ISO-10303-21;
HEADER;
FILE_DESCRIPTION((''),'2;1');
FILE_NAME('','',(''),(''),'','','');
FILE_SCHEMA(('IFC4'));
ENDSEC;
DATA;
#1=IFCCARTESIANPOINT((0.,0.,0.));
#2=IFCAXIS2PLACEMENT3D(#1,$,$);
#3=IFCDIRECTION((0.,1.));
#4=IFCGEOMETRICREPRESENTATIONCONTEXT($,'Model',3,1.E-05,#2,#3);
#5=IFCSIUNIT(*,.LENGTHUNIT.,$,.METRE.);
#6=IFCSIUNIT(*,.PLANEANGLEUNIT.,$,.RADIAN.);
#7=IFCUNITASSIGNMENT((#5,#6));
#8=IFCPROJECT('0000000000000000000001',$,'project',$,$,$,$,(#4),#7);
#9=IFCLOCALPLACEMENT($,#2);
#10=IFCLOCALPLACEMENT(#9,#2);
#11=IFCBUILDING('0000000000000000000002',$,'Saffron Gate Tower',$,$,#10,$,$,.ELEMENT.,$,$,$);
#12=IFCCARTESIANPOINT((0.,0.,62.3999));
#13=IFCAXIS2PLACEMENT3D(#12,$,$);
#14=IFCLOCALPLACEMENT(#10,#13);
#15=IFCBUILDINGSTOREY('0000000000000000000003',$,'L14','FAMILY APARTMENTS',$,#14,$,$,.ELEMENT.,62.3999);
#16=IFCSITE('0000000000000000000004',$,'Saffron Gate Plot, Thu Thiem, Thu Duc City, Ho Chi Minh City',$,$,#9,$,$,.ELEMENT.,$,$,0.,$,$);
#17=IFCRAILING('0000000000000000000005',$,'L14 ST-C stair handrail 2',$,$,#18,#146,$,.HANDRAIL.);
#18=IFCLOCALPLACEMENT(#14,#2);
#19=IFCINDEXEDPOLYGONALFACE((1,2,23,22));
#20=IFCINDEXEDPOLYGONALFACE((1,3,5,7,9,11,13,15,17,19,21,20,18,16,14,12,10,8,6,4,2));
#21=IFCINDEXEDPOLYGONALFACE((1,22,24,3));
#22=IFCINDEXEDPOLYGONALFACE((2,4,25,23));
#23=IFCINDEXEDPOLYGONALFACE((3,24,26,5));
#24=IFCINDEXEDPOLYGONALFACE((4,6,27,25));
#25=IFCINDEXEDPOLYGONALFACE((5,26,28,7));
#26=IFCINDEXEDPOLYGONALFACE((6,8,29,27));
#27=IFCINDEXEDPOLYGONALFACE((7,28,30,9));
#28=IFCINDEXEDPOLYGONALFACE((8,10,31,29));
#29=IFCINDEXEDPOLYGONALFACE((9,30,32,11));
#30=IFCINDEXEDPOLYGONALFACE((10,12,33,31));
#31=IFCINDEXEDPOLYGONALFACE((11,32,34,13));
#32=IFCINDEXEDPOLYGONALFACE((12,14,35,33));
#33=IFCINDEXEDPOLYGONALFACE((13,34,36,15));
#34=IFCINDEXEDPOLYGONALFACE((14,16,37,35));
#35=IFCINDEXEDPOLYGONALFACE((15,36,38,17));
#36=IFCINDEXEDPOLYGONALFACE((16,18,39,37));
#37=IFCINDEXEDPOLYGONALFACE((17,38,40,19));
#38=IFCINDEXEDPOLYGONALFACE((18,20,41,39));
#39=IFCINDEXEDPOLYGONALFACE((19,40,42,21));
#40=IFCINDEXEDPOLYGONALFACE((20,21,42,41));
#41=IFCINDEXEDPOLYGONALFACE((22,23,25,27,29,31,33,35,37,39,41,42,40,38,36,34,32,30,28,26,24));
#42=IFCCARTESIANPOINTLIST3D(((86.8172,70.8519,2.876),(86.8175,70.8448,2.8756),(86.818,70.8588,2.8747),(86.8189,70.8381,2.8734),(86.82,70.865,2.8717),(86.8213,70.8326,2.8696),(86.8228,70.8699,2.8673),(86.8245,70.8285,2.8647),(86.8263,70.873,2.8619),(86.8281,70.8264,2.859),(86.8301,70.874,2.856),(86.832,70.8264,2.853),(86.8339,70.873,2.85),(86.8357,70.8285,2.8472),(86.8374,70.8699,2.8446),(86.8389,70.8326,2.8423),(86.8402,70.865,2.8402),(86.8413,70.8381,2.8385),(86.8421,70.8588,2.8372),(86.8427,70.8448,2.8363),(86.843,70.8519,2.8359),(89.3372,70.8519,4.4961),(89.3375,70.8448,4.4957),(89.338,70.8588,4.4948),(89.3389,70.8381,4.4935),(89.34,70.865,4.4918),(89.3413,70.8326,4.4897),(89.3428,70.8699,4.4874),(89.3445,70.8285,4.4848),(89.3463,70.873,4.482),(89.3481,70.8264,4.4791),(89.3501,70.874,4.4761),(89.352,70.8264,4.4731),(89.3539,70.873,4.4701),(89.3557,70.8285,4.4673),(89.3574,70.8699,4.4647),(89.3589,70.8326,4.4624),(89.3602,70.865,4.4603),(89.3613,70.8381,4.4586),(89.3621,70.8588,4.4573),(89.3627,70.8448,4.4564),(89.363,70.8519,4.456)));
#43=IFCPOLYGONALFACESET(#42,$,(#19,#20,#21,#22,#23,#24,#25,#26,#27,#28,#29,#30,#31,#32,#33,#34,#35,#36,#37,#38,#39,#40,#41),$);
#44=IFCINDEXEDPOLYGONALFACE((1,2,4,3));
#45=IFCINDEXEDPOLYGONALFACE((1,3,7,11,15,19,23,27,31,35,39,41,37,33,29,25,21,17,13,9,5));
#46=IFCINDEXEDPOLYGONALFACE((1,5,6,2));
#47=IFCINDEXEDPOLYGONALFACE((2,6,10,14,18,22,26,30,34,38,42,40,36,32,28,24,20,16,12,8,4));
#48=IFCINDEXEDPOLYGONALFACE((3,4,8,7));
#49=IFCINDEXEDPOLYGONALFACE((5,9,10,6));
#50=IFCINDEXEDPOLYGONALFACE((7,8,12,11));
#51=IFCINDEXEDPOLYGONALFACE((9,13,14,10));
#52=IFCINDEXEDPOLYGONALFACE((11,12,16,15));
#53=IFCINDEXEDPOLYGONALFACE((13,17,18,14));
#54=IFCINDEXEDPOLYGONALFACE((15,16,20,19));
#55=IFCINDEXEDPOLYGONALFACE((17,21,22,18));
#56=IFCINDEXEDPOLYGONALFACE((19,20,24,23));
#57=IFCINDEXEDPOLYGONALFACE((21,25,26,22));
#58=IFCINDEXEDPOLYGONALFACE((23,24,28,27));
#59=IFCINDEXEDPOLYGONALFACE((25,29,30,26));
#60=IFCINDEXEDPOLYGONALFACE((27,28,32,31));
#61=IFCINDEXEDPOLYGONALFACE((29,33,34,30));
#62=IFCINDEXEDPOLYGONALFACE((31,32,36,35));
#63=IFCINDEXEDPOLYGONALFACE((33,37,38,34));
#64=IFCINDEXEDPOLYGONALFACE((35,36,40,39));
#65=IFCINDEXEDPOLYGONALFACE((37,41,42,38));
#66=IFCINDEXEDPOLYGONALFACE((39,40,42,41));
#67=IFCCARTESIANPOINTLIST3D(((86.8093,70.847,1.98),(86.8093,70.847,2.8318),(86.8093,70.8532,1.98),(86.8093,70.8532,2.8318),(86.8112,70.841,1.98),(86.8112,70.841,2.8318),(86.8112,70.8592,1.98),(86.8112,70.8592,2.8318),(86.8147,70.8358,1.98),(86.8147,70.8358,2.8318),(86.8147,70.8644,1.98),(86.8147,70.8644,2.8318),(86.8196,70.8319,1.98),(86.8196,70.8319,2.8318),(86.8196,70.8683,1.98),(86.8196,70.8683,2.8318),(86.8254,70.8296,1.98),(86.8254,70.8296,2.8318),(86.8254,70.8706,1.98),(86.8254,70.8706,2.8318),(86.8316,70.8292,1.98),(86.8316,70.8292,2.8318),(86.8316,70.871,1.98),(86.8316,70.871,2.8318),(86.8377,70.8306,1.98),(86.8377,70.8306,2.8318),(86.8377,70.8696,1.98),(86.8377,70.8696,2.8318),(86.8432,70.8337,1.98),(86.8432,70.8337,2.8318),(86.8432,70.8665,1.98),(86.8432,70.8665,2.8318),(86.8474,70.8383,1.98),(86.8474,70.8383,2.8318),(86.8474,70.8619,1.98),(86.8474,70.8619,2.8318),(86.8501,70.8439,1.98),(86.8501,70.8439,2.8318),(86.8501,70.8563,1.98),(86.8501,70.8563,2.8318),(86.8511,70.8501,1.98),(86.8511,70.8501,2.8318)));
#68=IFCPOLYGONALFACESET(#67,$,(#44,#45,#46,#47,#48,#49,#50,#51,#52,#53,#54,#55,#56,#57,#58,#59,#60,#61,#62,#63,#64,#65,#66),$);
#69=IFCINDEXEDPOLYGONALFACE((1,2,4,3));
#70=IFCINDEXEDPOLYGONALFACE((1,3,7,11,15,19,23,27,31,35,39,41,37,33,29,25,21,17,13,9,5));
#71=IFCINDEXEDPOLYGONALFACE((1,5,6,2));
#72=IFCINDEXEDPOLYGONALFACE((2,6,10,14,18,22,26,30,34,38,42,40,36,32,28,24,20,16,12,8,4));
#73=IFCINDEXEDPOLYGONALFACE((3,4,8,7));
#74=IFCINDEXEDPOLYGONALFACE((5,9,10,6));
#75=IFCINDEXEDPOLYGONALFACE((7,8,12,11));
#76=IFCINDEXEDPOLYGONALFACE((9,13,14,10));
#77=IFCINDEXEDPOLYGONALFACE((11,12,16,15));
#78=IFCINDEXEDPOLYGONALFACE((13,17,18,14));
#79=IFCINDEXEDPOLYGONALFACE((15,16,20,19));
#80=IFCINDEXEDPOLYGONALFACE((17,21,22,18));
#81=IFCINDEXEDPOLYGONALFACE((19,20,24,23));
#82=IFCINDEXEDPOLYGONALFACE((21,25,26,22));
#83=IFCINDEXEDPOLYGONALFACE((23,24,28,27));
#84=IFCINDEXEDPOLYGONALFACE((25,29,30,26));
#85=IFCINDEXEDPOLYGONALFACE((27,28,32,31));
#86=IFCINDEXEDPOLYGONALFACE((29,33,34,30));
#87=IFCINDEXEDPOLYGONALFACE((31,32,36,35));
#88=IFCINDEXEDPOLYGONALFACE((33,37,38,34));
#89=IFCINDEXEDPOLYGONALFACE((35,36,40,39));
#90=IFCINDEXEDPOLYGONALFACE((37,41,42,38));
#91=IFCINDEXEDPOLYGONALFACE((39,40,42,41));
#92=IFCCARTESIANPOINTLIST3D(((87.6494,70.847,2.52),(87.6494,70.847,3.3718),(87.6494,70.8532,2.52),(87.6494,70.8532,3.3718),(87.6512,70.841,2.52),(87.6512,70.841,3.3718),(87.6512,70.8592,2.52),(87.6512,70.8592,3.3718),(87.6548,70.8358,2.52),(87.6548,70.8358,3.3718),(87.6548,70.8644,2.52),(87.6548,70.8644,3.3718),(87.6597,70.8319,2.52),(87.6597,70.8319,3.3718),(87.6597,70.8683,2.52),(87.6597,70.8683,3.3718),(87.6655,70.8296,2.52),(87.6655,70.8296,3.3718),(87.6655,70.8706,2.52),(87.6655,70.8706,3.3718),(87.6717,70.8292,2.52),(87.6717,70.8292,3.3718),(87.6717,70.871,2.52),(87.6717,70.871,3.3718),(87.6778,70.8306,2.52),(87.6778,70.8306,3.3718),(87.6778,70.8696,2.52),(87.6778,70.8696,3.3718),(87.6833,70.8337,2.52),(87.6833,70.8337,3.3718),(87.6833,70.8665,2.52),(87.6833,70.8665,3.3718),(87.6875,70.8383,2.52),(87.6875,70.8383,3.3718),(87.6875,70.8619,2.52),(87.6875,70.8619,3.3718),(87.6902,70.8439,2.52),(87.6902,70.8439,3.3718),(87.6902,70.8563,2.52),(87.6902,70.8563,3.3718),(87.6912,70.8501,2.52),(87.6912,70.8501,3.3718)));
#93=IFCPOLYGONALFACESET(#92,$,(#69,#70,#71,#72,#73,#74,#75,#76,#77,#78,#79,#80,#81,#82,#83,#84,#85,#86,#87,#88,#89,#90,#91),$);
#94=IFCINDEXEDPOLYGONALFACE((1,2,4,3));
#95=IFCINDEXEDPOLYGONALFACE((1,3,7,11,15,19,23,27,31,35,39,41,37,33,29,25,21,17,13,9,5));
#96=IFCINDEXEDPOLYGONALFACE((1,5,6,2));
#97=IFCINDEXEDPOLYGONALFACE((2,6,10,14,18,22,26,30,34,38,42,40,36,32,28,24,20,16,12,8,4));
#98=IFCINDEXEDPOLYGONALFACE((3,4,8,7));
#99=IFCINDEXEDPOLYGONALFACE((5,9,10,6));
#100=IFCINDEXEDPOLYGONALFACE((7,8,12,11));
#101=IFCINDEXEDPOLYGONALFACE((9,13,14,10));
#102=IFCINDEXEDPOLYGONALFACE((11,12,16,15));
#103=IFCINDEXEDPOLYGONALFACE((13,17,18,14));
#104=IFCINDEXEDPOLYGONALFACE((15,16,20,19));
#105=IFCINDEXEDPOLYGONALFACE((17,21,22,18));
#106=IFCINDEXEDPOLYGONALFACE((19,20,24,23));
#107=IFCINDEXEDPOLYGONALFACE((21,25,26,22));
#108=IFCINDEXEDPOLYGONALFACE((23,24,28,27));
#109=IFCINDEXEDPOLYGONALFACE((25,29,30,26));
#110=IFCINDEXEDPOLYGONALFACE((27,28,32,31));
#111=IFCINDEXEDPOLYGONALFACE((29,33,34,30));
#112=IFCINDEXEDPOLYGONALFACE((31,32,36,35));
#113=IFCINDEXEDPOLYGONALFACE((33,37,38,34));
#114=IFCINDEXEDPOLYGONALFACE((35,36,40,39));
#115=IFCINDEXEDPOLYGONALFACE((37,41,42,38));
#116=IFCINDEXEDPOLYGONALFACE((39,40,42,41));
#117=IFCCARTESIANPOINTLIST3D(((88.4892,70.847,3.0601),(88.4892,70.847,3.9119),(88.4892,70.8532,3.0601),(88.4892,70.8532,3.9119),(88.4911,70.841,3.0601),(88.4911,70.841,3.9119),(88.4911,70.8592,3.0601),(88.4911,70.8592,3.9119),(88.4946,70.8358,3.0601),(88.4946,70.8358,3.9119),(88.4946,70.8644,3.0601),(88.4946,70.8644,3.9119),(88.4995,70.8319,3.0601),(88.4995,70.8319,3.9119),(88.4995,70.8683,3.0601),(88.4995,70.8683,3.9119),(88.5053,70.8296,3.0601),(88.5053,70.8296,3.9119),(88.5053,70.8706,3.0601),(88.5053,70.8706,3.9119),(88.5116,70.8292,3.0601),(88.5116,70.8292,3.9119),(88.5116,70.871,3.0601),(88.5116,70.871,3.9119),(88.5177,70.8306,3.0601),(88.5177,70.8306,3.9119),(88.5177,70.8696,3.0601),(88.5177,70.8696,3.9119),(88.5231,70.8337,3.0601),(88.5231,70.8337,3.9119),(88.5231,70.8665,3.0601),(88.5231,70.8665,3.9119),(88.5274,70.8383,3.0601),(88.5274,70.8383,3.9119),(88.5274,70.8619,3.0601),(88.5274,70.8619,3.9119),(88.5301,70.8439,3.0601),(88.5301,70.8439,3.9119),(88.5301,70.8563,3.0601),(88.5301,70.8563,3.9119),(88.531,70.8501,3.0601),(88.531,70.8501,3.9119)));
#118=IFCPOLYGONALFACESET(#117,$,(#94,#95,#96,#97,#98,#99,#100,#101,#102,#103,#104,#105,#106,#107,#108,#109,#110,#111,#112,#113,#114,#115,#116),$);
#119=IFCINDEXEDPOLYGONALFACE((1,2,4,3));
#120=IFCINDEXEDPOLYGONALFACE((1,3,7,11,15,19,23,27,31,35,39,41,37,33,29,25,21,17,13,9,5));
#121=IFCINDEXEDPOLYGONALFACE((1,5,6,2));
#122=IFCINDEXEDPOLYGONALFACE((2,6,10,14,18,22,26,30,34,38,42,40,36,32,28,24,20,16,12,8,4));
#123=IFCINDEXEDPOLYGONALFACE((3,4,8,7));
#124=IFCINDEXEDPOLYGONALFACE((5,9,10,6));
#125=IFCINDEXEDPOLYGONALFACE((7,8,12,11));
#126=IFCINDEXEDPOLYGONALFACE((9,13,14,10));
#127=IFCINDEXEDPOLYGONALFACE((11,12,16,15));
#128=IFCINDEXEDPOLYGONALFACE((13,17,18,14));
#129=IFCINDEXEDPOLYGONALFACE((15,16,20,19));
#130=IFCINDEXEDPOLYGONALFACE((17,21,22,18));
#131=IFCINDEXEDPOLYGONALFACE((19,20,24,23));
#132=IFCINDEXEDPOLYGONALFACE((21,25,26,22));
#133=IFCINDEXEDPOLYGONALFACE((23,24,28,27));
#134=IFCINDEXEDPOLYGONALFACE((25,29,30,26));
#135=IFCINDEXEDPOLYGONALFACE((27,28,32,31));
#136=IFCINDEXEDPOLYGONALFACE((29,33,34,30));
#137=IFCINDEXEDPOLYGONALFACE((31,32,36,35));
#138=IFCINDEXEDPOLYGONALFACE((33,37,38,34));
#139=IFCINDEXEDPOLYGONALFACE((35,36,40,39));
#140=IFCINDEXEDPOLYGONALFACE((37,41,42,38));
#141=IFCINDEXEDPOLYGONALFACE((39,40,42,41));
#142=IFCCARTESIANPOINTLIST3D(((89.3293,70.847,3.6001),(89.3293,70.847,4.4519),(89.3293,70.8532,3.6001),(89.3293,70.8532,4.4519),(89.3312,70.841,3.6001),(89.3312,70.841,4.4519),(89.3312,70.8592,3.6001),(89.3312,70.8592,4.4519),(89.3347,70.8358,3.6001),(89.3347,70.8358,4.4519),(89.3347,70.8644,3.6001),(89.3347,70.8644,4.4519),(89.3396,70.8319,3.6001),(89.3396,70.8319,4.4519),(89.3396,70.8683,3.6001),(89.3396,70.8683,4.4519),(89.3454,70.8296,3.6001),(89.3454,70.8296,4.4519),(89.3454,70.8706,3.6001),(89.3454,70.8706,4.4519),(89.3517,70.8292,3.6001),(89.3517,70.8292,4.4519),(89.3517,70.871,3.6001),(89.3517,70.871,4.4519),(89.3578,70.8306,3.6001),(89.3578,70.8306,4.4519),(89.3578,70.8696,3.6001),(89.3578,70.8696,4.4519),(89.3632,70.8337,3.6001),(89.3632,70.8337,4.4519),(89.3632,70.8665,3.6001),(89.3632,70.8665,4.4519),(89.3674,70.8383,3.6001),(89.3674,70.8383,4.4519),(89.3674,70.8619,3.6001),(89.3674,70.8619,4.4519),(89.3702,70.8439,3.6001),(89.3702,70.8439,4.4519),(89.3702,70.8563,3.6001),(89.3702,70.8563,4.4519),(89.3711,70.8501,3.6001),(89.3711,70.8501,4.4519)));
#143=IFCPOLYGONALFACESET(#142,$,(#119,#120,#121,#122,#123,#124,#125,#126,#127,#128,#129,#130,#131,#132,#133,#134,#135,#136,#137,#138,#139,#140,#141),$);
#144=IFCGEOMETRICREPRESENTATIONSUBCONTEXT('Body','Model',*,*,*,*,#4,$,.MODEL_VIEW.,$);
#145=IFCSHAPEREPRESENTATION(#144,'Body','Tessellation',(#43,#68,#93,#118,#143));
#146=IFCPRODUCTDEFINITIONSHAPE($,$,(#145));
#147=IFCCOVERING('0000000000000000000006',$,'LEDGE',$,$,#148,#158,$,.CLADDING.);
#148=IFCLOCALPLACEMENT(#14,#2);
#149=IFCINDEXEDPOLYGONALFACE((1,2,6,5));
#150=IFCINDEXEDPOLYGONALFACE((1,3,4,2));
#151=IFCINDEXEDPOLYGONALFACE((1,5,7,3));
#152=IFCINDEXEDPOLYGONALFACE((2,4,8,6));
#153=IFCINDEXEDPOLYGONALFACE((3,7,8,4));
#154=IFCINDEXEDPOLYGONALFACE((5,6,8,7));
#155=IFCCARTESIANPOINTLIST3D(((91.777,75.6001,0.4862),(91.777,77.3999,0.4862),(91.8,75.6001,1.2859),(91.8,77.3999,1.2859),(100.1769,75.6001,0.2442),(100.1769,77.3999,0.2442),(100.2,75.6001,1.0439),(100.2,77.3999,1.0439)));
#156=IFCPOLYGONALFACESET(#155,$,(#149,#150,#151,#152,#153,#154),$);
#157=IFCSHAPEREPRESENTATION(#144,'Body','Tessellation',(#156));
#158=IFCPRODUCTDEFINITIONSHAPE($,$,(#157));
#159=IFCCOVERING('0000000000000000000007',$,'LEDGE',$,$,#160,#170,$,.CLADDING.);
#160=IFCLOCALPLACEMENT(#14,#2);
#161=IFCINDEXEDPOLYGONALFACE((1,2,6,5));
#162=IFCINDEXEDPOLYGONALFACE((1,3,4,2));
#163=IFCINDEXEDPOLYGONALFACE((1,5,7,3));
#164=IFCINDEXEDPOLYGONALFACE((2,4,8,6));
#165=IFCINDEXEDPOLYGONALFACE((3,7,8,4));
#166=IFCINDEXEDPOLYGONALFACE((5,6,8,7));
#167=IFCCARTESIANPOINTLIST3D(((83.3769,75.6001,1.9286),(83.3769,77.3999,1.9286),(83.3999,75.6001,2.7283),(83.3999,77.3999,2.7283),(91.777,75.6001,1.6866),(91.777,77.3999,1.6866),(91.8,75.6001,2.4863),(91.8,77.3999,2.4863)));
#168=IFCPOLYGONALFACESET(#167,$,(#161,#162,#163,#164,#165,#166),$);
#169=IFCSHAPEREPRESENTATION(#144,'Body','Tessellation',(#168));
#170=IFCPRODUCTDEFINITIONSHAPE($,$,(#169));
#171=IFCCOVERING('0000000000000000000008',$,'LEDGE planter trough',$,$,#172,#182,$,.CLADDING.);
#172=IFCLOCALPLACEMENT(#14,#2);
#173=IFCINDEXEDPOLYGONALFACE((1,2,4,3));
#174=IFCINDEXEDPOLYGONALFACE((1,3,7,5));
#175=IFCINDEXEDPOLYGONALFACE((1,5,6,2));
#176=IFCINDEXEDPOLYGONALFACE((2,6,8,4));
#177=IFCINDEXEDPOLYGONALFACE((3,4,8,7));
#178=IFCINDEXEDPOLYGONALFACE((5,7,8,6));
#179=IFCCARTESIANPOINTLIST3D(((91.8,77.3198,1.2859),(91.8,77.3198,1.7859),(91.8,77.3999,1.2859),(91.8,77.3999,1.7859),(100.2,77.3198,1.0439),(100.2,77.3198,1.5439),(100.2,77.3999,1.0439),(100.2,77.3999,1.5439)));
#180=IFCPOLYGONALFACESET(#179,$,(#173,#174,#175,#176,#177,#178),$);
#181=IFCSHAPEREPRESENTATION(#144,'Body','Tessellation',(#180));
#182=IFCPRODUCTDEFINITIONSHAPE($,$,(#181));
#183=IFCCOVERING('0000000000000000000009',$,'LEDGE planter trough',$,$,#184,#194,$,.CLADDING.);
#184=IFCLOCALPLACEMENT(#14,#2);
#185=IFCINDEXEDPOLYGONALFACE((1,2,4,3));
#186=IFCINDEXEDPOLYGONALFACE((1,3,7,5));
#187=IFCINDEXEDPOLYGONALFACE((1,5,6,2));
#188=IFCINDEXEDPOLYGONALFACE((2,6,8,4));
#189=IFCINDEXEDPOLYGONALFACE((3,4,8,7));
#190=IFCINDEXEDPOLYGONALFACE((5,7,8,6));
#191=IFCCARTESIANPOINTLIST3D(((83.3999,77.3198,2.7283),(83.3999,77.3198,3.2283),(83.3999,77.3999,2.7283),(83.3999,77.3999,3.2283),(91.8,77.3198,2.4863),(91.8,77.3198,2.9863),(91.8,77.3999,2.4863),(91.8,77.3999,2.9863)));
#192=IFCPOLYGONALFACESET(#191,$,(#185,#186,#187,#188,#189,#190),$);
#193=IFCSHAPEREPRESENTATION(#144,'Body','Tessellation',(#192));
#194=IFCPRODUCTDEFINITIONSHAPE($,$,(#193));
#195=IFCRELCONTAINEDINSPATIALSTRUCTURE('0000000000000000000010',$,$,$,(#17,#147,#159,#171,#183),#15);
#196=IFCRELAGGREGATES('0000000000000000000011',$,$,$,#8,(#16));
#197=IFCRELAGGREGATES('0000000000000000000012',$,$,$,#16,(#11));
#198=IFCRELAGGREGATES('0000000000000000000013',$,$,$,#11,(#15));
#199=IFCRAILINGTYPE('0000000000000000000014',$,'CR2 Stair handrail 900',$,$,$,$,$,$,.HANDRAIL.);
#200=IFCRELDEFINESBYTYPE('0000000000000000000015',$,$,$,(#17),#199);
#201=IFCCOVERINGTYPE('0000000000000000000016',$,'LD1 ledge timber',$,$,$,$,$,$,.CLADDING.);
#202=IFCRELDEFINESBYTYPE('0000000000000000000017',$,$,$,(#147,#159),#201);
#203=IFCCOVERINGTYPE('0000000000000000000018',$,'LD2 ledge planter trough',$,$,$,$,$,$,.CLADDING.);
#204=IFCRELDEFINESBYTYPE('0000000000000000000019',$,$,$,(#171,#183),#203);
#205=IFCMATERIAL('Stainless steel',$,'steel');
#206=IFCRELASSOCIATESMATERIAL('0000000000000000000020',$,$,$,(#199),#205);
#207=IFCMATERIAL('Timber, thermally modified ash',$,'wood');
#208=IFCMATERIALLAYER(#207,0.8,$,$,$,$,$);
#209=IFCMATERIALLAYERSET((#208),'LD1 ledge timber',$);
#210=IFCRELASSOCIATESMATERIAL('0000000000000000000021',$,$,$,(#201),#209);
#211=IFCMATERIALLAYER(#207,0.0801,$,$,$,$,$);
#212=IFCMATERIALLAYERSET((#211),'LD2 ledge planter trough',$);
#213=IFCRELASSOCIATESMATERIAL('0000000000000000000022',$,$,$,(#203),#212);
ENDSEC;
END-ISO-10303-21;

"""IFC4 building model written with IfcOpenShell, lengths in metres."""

from ifc_helpers import new_model, si_unit, direction, frame, origin, origin_2d, place, context, subcontext, project, spatial, polyline, circle, outline, extrude, material, layer, layer_set, type_object, element, save


model = new_model("IFC4")

# Units and contexts
model_context = context("Model", 3, precision=1e-05, world=origin(), true_north=direction((0.0, 1.0)))
body_context = subcontext(model_context, "Body", "Model", "MODEL_VIEW")
ifc_project = project(units=[si_unit("LENGTHUNIT", "METRE"), si_unit("PLANEANGLEUNIT", "RADIAN")], contexts=[model_context])

# Site, building, storey
site_placement = place(None, origin())
site = spatial("IfcSite", under=ifc_project, at=site_placement, Name="Saffron Gate Plot, Thu Thiem, Thu Duc City, Ho Chi Minh City", CompositionType="ELEMENT", RefElevation=0.0)
building_placement = place(site_placement, origin())
building = spatial("IfcBuilding", under=site, at=building_placement, Name="Saffron Gate Tower", CompositionType="ELEMENT")
storey_placement = place(building_placement, frame((0.0, 0.0, 62.3999)))
storey = spatial("IfcBuildingStorey", under=building, at=storey_placement, Name="L14", Description="FAMILY APARTMENTS", CompositionType="ELEMENT", Elevation=62.3999)

# Railing
ifc_material_1 = material(Name="Stainless steel", Category="steel")
railing_type_1 = type_object("IfcRailingType", Name="CR2 Stair handrail 900", PredefinedType="HANDRAIL", material=ifc_material_1)
railing_1_placement = place(storey_placement, frame((86.8301, 70.8501, 1.98)))
element("IfcRailing", 1, at=railing_1_placement, inside=storey, type_object=railing_type_1, Name="L14 ST-C stair handrail 2", PredefinedType="HANDRAIL", context=body_context, shape_type="SweptSolid", body=[
    extrude(circle(Radius=0.0239, at=origin_2d()), frame((0.0, 0.0, 0.876), z_axis=(0.841163, 0.0, 0.540782), x_axis=(0.0, 1.0, 0.0)), (0.0, 0.0, 1.0), 2.9958),
    extrude(circle(Radius=0.021, at=origin_2d()), origin(), (0.0, 0.0, 1.0), 0.8518),
    extrude(circle(Radius=0.021, at=origin_2d()), frame((0.8401, 0.0, 0.54)), (0.0, 0.0, 1.0), 0.8518),
    extrude(circle(Radius=0.021, at=origin_2d()), frame((1.6799, 0.0, 1.0801)), (0.0, 0.0, 1.0), 0.8518),
    extrude(circle(Radius=0.021, at=origin_2d()), frame((2.52, 0.0, 1.6201)), (0.0, 0.0, 1.0), 0.8518),
])

# Coverings
ifc_material_2 = material(Name="Timber, thermally modified ash", Category="wood")
ifc_layer_1 = layer(ifc_material_2, 0.8)
ifc_layer_set_1 = layer_set([ifc_layer_1], Name="LD1 ledge timber")
covering_type_1 = type_object("IfcCoveringType", Name="LD1 ledge timber", PredefinedType="CLADDING", material=ifc_layer_set_1)
covering_1_placement = place(storey_placement, frame((100.2, 75.6001, 1.0439), z_axis=(0.028791, 0.0, 0.999585), x_axis=(-0.999585, 0.0, 0.028791)))
element("IfcCovering", 2, at=covering_1_placement, inside=storey, type_object=covering_type_1, Name="LEDGE", PredefinedType="CLADDING", context=body_context, shape_type="SweptSolid", body=[
    extrude(outline(polyline([(0.0, 0.0), (8.4034, 0.0), (8.4034, -1.7998), (0.0, -1.7998), (0.0, 0.0)])), origin(), (0.0, 0.0, -1.0), 0.8),
])
covering_2_placement = place(storey_placement, frame((91.8, 75.6001, 2.4863), z_axis=(0.02879, 0.0, 0.999585), x_axis=(-0.999585, 0.0, 0.02879)))
element("IfcCovering", 3, at=covering_2_placement, inside=storey, type_object=covering_type_1, Name="LEDGE", PredefinedType="CLADDING", context=body_context, shape_type="SweptSolid", body=[
    extrude(outline(polyline([(0.0, 0.0), (8.4036, 0.0), (8.4036, -1.7998), (0.0, -1.7998), (0.0, 0.0)])), origin(), (0.0, 0.0, -1.0), 0.8),
])
ifc_layer_2 = layer(ifc_material_2, 0.0801)
ifc_layer_set_2 = layer_set([ifc_layer_2], Name="LD2 ledge planter trough")
covering_type_2 = type_object("IfcCoveringType", Name="LD2 ledge planter trough", PredefinedType="CLADDING", material=ifc_layer_set_2)
covering_3_placement = place(storey_placement, frame((100.2, 77.3999, 1.0439), z_axis=(0.0, 1.0, 0.0), x_axis=(-0.999585, 0.0, 0.028791)))
element("IfcCovering", 4, at=covering_3_placement, inside=storey, type_object=covering_type_2, Name="LEDGE planter trough", PredefinedType="CLADDING", context=body_context, shape_type="SweptSolid", body=[
    extrude(outline(polyline([(0.0, 0.0), (8.4034, 0.0), (8.4178, 0.4998), (0.0144, 0.4998), (0.0, 0.0)])), origin(), (0.0, 0.0, -1.0), 0.0801),
])
covering_4_placement = place(storey_placement, frame((91.8, 77.3999, 2.4863), z_axis=(0.0, 1.0, 0.0), x_axis=(-0.999585, 0.0, 0.02879)))
element("IfcCovering", 5, at=covering_4_placement, inside=storey, type_object=covering_type_2, Name="LEDGE planter trough", PredefinedType="CLADDING", context=body_context, shape_type="SweptSolid", body=[
    extrude(outline(polyline([(0.0, 0.0), (8.4036, 0.0), (8.418, 0.4998), (0.0144, 0.4998), (0.0, 0.0)])), origin(), (0.0, 0.0, -1.0), 0.0801),
])

save(model, "model.ifc")
